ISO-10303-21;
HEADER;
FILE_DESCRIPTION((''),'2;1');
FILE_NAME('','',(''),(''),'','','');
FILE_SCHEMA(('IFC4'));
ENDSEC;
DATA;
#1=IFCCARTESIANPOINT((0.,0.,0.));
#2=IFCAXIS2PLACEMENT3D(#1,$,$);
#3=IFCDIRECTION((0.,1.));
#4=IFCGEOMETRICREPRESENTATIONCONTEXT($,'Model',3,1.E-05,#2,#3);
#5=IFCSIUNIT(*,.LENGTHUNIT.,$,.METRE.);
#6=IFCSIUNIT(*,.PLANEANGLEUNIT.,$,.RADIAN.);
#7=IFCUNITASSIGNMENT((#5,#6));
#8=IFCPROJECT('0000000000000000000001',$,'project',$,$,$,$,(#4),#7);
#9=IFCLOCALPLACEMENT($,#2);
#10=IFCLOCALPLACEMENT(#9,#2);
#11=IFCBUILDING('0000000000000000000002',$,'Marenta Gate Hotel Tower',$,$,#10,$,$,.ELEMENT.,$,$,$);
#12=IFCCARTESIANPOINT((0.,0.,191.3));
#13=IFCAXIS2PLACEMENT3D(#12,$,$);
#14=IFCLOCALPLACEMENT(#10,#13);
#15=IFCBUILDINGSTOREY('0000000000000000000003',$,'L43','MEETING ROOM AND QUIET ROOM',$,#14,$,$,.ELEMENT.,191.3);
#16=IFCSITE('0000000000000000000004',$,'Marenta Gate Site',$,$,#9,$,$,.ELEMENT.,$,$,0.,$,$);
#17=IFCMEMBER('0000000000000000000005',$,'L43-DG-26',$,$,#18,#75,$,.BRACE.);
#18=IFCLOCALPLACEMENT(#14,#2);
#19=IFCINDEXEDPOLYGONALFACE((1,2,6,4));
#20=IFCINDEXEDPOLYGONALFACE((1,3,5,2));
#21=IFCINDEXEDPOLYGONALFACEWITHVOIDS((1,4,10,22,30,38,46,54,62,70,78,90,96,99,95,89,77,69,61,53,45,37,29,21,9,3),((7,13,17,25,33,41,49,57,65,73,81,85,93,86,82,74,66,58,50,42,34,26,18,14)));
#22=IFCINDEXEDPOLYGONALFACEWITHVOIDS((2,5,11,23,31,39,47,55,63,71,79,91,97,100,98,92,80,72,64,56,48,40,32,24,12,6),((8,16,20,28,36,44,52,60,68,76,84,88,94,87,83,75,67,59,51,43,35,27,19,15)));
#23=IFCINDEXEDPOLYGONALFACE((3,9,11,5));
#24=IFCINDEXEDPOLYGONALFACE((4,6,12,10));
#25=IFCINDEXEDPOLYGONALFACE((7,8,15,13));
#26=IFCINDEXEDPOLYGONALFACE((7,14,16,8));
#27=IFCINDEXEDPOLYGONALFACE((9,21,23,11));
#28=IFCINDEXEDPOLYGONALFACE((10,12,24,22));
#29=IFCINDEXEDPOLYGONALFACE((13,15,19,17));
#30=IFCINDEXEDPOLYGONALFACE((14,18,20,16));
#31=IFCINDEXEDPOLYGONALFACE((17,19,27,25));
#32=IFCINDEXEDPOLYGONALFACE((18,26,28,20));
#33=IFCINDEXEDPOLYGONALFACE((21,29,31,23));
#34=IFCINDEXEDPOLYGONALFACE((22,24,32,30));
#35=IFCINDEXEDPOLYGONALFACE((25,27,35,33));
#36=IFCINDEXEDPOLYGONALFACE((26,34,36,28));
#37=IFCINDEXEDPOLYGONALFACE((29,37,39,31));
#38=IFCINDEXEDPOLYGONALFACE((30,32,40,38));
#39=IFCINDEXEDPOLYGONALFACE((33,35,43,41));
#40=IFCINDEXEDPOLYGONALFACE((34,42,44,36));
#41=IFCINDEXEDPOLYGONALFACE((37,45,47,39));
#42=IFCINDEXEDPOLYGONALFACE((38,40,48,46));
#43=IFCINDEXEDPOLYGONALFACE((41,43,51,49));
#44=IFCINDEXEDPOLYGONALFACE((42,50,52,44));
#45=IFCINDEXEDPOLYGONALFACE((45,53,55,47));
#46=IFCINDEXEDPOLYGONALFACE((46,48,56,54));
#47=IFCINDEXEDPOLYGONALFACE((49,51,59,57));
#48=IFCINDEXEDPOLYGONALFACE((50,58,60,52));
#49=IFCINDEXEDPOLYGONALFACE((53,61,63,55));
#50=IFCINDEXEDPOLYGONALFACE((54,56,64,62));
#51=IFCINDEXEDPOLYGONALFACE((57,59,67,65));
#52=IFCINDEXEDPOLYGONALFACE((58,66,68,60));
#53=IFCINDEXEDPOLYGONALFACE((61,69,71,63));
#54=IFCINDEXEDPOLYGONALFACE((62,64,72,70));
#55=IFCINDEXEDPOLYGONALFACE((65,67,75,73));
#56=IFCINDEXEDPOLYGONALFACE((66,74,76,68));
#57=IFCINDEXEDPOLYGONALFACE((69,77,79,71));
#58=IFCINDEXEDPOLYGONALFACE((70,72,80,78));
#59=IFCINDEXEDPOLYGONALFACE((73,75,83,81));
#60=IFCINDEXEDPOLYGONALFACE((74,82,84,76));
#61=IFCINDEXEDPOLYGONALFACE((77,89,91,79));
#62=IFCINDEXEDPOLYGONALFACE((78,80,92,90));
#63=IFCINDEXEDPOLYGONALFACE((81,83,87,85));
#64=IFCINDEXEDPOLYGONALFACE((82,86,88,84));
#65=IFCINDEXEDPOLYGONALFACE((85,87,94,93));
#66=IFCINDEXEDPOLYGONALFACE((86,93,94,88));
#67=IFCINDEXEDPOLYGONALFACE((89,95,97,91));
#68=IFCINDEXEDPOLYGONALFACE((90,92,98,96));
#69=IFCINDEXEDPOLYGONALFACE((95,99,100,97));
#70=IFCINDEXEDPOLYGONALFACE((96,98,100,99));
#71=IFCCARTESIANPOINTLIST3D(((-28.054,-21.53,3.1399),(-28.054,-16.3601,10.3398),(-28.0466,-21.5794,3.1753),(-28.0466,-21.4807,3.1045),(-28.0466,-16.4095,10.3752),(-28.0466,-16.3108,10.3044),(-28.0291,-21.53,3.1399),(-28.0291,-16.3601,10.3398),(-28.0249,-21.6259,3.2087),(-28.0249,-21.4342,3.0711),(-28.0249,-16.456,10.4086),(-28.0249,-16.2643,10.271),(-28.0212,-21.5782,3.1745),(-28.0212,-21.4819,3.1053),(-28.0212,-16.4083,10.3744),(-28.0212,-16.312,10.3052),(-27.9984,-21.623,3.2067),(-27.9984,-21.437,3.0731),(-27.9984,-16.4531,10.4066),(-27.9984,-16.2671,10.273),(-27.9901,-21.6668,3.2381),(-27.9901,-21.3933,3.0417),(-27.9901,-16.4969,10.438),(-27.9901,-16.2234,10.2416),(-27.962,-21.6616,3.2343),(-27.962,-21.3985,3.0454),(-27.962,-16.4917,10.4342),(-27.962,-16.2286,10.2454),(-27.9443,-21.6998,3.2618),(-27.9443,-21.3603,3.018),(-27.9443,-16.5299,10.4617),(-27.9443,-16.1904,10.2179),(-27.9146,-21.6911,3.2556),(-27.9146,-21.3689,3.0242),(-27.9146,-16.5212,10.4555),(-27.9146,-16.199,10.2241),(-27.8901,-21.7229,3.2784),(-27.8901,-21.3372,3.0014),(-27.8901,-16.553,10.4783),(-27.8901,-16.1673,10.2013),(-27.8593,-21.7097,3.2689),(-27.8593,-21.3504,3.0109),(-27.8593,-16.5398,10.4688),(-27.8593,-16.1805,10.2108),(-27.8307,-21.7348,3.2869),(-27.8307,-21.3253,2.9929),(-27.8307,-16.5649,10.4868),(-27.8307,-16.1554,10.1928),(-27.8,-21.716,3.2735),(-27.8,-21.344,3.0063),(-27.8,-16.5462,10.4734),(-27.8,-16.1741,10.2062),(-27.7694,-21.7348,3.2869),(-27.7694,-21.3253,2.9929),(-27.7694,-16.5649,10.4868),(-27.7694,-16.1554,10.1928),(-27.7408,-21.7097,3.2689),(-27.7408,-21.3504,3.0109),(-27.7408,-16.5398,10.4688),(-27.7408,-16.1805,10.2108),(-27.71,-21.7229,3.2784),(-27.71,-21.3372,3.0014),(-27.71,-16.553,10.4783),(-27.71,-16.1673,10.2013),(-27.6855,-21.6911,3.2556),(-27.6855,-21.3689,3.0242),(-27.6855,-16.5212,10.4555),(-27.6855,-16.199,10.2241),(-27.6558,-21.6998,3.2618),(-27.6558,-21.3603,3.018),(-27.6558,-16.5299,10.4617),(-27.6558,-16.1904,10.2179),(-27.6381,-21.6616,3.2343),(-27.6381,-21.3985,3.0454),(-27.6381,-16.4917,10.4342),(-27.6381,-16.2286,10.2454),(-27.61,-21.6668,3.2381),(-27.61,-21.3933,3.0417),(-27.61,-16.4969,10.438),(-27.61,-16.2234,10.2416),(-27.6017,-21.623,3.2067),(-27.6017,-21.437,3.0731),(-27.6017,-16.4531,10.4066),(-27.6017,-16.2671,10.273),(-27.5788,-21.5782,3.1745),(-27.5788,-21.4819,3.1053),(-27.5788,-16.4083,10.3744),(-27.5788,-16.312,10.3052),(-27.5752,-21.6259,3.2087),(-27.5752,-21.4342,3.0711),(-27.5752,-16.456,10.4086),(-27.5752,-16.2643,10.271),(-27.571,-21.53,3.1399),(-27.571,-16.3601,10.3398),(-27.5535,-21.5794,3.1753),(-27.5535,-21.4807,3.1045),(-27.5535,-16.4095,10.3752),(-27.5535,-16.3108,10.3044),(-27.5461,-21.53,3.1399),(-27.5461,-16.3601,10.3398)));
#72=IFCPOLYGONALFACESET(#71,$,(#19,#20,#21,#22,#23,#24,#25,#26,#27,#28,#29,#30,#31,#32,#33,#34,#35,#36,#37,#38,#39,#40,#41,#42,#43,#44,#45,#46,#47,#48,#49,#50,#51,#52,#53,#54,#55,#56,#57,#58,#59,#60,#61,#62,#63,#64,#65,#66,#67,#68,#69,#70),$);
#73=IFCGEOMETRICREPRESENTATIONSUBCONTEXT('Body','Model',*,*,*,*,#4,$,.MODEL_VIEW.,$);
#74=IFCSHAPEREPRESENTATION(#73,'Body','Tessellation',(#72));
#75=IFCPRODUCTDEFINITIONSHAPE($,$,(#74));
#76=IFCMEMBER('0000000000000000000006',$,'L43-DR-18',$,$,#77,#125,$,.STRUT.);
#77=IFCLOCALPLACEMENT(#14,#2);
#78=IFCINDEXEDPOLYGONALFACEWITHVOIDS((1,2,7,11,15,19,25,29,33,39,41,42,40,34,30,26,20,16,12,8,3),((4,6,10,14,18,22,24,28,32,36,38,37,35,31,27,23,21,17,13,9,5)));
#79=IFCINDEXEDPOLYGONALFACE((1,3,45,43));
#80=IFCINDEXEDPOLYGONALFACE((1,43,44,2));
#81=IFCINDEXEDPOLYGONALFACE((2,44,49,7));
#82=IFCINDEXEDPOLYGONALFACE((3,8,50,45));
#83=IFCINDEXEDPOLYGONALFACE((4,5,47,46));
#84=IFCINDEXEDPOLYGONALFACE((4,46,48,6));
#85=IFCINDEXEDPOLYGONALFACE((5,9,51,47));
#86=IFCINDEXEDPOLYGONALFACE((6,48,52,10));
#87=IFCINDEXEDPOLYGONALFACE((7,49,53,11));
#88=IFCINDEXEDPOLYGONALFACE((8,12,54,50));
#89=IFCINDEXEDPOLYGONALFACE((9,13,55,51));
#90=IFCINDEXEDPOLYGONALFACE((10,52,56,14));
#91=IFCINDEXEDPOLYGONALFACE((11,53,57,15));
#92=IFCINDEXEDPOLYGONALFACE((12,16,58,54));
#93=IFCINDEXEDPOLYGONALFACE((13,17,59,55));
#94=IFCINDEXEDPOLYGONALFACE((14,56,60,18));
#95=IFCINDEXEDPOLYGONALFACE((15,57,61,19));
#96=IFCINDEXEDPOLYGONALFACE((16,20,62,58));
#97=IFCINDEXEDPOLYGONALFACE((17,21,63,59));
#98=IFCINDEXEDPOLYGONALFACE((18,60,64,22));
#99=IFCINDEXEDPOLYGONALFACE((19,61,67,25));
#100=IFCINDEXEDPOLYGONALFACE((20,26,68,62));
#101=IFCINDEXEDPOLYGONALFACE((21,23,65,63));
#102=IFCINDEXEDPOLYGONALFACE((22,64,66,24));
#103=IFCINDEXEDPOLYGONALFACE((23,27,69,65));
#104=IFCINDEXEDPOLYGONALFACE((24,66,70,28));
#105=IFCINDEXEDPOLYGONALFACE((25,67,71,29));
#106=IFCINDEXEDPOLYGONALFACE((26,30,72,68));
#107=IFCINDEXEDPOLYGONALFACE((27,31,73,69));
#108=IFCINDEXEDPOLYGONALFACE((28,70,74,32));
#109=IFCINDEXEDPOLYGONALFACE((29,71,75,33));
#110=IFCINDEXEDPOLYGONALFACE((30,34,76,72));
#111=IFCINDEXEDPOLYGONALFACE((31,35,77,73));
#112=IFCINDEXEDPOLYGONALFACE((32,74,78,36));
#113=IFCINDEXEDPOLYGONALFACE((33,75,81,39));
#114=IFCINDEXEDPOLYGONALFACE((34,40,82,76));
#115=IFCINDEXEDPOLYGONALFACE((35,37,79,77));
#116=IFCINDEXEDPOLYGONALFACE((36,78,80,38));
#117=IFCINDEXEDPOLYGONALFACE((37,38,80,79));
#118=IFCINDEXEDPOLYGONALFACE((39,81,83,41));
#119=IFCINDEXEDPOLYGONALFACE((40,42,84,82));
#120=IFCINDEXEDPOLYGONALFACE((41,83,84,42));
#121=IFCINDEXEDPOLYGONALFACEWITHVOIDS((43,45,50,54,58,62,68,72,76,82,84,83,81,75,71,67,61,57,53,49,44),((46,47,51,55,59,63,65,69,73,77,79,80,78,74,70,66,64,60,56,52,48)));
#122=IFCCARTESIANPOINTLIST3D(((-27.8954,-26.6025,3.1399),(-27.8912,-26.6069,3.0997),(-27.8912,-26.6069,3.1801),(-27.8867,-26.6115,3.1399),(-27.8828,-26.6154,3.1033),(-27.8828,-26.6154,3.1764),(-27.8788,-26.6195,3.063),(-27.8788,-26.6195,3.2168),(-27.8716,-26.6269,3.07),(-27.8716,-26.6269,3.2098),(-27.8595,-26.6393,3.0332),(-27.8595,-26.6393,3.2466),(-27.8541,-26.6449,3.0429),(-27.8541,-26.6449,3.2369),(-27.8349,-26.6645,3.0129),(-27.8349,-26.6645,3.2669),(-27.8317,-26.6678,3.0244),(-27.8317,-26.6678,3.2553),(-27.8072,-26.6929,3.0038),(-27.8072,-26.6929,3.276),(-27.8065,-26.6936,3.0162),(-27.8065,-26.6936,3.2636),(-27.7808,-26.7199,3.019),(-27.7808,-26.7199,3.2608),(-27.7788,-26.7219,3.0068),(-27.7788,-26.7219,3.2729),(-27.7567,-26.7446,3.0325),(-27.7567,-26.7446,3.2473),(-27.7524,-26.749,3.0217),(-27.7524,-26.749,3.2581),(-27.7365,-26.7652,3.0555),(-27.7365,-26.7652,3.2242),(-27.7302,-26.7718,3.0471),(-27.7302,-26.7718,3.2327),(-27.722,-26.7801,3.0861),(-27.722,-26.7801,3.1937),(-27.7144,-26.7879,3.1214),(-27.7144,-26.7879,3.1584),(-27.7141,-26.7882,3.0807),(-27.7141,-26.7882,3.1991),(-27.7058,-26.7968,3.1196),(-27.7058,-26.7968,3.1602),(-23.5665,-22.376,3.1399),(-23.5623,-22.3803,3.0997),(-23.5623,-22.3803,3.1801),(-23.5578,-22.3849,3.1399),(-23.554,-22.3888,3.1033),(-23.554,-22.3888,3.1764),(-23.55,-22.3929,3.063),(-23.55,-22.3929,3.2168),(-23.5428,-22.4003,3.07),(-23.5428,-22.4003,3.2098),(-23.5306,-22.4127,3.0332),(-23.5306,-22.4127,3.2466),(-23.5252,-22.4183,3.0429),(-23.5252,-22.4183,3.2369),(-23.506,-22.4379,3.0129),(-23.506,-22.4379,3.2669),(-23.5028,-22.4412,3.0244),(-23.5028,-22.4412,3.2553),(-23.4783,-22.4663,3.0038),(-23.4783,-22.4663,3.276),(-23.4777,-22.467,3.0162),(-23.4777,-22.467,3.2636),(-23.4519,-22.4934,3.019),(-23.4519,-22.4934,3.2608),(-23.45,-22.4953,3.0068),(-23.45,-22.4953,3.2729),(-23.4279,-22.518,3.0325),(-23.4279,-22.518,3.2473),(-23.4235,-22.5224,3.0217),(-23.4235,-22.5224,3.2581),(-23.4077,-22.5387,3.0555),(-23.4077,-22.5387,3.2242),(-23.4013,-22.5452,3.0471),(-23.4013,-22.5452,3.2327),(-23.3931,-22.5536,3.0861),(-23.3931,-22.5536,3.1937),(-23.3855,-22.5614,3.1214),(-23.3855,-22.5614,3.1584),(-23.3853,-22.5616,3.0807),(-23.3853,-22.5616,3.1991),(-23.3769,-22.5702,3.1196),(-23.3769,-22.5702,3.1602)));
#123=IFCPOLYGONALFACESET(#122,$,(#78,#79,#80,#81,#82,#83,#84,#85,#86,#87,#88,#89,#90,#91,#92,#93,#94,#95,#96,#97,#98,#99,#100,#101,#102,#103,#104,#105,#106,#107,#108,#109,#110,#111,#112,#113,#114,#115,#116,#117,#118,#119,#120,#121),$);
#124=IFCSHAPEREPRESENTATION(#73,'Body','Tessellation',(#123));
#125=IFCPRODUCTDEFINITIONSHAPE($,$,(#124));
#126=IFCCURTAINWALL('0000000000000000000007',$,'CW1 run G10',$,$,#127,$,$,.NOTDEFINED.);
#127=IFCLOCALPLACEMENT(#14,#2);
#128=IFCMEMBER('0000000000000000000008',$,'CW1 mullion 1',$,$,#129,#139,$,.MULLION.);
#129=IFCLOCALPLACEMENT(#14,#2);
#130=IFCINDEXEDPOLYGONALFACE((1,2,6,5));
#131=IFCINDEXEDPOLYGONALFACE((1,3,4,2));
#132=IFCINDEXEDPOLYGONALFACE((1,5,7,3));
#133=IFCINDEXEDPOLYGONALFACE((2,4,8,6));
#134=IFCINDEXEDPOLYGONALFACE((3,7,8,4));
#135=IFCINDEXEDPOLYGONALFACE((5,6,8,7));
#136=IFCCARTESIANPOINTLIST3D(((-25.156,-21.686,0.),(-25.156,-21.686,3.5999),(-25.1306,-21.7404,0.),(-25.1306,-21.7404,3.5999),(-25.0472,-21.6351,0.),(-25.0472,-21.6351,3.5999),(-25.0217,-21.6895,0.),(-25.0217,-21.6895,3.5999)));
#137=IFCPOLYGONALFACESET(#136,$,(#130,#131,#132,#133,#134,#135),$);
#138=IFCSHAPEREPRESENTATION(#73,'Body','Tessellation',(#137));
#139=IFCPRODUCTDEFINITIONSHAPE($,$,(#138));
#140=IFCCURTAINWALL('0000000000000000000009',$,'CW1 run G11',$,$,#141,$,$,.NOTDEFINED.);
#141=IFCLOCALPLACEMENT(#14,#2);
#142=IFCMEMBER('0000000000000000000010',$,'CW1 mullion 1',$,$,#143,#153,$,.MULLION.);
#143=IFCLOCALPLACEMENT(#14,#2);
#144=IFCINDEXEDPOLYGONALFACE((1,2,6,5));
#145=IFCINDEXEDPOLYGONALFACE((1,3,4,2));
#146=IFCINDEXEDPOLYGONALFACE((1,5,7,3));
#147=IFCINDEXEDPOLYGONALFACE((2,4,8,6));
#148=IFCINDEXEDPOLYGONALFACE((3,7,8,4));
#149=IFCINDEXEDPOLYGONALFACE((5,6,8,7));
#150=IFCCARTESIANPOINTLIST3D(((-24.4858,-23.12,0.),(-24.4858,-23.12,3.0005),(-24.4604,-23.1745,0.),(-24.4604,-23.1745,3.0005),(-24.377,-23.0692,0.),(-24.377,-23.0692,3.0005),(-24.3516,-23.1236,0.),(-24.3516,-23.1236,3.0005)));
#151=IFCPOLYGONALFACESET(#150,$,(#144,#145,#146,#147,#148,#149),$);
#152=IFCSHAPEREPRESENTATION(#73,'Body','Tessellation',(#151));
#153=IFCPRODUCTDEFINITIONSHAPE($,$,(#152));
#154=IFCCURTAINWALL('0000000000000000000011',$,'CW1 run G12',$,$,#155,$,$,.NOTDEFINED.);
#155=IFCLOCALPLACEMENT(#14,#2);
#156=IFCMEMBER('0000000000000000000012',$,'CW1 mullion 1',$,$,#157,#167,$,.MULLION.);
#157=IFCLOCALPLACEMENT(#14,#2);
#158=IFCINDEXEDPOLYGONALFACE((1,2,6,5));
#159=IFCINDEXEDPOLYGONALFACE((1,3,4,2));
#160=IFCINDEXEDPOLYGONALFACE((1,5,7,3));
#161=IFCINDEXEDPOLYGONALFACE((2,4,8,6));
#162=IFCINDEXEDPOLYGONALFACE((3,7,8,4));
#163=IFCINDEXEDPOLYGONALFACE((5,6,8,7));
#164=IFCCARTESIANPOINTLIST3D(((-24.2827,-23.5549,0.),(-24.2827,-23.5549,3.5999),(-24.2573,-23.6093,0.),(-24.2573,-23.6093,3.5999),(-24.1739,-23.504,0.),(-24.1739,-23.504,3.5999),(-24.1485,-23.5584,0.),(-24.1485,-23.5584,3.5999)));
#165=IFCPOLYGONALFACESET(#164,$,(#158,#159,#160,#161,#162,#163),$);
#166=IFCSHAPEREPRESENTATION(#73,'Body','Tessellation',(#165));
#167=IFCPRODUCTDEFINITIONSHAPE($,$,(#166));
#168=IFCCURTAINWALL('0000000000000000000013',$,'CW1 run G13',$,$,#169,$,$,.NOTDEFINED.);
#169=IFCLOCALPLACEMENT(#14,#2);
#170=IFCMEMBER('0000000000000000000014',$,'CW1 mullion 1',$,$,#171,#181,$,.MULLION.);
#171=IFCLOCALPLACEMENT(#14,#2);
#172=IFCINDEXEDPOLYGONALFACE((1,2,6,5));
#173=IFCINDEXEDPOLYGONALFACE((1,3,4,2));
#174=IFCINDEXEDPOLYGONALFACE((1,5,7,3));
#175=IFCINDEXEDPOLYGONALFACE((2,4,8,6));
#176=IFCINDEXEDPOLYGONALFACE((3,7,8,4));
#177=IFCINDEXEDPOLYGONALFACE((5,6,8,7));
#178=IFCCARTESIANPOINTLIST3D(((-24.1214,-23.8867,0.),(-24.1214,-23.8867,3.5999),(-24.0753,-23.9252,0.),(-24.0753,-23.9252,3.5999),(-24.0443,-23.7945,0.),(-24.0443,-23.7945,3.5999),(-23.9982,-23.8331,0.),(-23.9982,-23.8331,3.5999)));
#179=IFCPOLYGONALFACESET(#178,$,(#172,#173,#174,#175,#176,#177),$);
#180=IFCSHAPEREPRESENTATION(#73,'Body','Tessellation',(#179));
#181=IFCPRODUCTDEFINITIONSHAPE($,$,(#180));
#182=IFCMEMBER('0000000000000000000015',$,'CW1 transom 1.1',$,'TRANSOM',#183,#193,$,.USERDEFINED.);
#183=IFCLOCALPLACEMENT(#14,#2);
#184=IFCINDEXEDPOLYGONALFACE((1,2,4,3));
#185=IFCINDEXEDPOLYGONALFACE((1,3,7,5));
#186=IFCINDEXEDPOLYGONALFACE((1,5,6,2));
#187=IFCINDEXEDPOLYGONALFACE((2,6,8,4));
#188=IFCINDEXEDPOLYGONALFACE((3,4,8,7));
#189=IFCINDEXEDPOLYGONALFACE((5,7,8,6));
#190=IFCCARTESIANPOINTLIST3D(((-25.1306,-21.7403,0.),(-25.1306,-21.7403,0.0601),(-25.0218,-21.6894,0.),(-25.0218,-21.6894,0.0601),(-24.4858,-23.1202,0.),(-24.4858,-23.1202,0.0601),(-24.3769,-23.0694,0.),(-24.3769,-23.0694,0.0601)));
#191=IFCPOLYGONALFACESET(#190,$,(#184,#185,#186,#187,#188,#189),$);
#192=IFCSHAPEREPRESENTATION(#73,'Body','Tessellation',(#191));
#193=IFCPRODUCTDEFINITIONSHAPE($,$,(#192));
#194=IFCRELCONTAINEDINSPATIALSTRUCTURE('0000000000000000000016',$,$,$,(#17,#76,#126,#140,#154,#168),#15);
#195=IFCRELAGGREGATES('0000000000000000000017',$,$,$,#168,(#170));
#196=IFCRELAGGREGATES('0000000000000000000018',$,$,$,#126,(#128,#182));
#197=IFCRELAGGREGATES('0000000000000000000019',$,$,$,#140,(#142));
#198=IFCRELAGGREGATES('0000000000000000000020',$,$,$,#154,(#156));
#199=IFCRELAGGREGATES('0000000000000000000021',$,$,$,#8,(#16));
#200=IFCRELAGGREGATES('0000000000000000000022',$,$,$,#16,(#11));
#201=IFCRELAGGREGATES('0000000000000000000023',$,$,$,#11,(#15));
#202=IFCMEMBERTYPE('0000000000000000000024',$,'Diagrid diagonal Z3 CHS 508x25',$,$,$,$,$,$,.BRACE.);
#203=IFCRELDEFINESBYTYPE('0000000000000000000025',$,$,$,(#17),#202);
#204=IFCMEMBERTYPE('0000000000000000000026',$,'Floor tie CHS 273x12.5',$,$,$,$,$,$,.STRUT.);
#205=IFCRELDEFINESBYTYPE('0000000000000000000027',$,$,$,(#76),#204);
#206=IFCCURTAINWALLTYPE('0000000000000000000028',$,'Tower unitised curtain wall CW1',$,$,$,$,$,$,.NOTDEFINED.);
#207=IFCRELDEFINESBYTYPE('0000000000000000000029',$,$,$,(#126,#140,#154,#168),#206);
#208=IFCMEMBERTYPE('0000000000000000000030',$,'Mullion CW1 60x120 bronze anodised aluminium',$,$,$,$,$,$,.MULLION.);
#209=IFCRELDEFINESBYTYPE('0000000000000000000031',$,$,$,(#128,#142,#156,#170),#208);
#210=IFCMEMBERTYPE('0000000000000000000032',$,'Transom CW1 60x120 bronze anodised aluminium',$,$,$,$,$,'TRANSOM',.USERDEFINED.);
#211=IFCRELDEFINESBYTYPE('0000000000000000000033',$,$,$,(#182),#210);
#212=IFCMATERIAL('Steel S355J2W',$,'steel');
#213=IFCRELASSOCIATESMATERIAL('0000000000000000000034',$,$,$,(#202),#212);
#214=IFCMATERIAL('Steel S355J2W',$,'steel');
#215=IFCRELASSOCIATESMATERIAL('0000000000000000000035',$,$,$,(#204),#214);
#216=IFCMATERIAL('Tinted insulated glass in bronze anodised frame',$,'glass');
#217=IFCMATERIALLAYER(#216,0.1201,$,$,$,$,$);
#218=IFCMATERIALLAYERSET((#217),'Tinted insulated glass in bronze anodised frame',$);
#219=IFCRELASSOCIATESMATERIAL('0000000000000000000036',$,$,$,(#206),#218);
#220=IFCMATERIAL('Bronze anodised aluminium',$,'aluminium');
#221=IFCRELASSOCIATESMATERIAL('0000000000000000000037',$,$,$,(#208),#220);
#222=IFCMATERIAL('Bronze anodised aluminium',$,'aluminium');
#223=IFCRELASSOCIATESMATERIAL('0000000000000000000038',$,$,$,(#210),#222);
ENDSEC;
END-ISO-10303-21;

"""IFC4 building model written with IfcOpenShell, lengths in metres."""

from ifc_helpers import new_model, si_unit, direction, frame, origin, origin_2d, place, context, subcontext, project, spatial, rectangle, hollow_circle, extrude, material, layer, layer_set, material_profile, profile_set, type_object, element, aggregate, save


model = new_model("IFC4")

# Units and contexts
model_context = context("Model", 3, precision=1e-05, world=origin(), true_north=direction((0.0, 1.0)))
body_context = subcontext(model_context, "Body", "Model", "MODEL_VIEW")
ifc_project = project(units=[si_unit("LENGTHUNIT", "METRE"), si_unit("PLANEANGLEUNIT", "RADIAN")], contexts=[model_context])

# Site, building, storey
site_placement = place(None, origin())
site = spatial("IfcSite", under=ifc_project, at=site_placement, Name="Marenta Gate Site", CompositionType="ELEMENT", RefElevation=0.0)
building_placement = place(site_placement, origin())
building = spatial("IfcBuilding", under=site, at=building_placement, Name="Marenta Gate Hotel Tower", CompositionType="ELEMENT")
storey_placement = place(building_placement, frame((0.0, 0.0, 191.3)))
storey = spatial("IfcBuildingStorey", under=building, at=storey_placement, Name="L43", Description="MEETING ROOM AND QUIET ROOM", CompositionType="ELEMENT", Elevation=191.3)

# Members
ifc_material_1 = material(Name="Steel S355J2W", Category="steel")
ifc_material_profile_1 = material_profile(ifc_material_1, hollow_circle(Radius=0.2539, WallThickness=0.0249, at=origin_2d()), Name="CHS 508x25")
ifc_profile_set_1 = profile_set([ifc_material_profile_1], Name="Steel S355J2W")
member_type_1 = type_object("IfcMemberType", Name="Diagrid diagonal Z3 CHS 508x25", PredefinedType="BRACE", material=ifc_profile_set_1)
member_1_placement = place(storey_placement, frame((-27.8, -21.53, 3.1399), z_axis=(0.0, 0.583261, 0.812285), x_axis=(-1.0, 0.0, 0.0)))
element("IfcMember", 1, at=member_1_placement, inside=storey, type_object=member_type_1, Name="L43-DG-26", PredefinedType="BRACE", context=body_context, shape_type="SweptSolid", body=[
    extrude(hollow_circle(Radius=0.2539, WallThickness=0.0249, at=origin_2d()), origin(), (0.0, 0.0, 1.0), 8.8638),
])
ifc_material_2 = material(Name="Steel S355J2W", Category="steel")
ifc_material_profile_2 = material_profile(ifc_material_2, hollow_circle(Radius=0.1365, WallThickness=0.0125, at=origin_2d()), Name="CHS 273x12.5")
ifc_profile_set_2 = profile_set([ifc_material_profile_2], Name="Steel S355J2W")
member_type_2 = type_object("IfcMemberType", Name="Floor tie CHS 273x12.5", PredefinedType="STRUT", material=ifc_profile_set_2)
member_2_placement = place(storey_placement, frame((-27.8, -26.7002, 3.1399), z_axis=(0.71551, 0.698602, 0.0), x_axis=(-0.698602, 0.71551, 0.0)))
element("IfcMember", 2, at=member_2_placement, inside=storey, type_object=member_type_2, Name="L43-DR-18", PredefinedType="STRUT", context=body_context, shape_type="SweptSolid", body=[
    extrude(hollow_circle(Radius=0.1365, WallThickness=0.0125, at=origin_2d()), origin(), (0.0, 0.0, 1.0), 6.05),
])

# Curtain walls, members
ifc_material_3 = material(Name="Tinted insulated glass in bronze anodised frame", Category="glass")
ifc_layer_1 = layer(ifc_material_3, 0.1201)
ifc_layer_set_1 = layer_set([ifc_layer_1], Name="Tinted insulated glass in bronze anodised frame")
curtain_wall_type = type_object("IfcCurtainWallType", Name="Tower unitised curtain wall CW1", PredefinedType="NOTDEFINED", material=ifc_layer_set_1)
curtain_wall_1_placement = place(storey_placement, origin())
curtain_wall_1 = element("IfcCurtainWall", 3, at=curtain_wall_1_placement, inside=storey, type_object=curtain_wall_type, Name="CW1 run G10", PredefinedType="NOTDEFINED")
ifc_material_4 = material(Name="Bronze anodised aluminium", Category="aluminium")
ifc_material_profile_3 = material_profile(ifc_material_4, rectangle(XDim=0.1201, YDim=0.0601, at=origin_2d()), Name="Mullion CW1 60x120 bronze anodised aluminium")
ifc_profile_set_3 = profile_set([ifc_material_profile_3], Name="Bronze anodised aluminium")
member_type_3 = type_object("IfcMemberType", Name="Mullion CW1 60x120 bronze anodised aluminium", PredefinedType="MULLION", material=ifc_profile_set_3)
member_3_placement = place(storey_placement, frame((-25.0889, -21.6877, 0.0), z_axis=(0.0, 0.0, 1.0), x_axis=(0.905976, 0.423328, 0.0)))
member_3 = element("IfcMember", 4, at=member_3_placement, type_object=member_type_3, Name="CW1 mullion 1", PredefinedType="MULLION", context=body_context, shape_type="SweptSolid", body=[
    extrude(rectangle(XDim=0.1201, YDim=0.0601, at=origin_2d()), origin(), (0.0, 0.0, 1.0), 3.5999),
])
curtain_wall_2_placement = place(storey_placement, origin())
curtain_wall_2 = element("IfcCurtainWall", 5, at=curtain_wall_2_placement, inside=storey, type_object=curtain_wall_type, Name="CW1 run G11", PredefinedType="NOTDEFINED")
member_4_placement = place(storey_placement, frame((-24.4187, -23.1218, 0.0), z_axis=(0.0, 0.0, 1.0), x_axis=(0.905949, 0.423387, 0.0)))
member_4 = element("IfcMember", 6, at=member_4_placement, type_object=member_type_3, Name="CW1 mullion 1", PredefinedType="MULLION", context=body_context, shape_type="SweptSolid", body=[
    extrude(rectangle(XDim=0.1201, YDim=0.0601, at=origin_2d()), origin(), (0.0, 0.0, 1.0), 3.0005),
])
curtain_wall_3_placement = place(storey_placement, origin())
curtain_wall_3 = element("IfcCurtainWall", 7, at=curtain_wall_3_placement, inside=storey, type_object=curtain_wall_type, Name="CW1 run G12", PredefinedType="NOTDEFINED")
member_5_placement = place(storey_placement, frame((-24.2156, -23.5566, 0.0), z_axis=(0.0, 0.0, 1.0), x_axis=(0.90599, 0.4233, 0.0)))
member_5 = element("IfcMember", 8, at=member_5_placement, type_object=member_type_3, Name="CW1 mullion 1", PredefinedType="MULLION", context=body_context, shape_type="SweptSolid", body=[
    extrude(rectangle(XDim=0.1201, YDim=0.0601, at=origin_2d()), origin(), (0.0, 0.0, 1.0), 3.5999),
])
curtain_wall_4_placement = place(storey_placement, origin())
curtain_wall_4 = element("IfcCurtainWall", 9, at=curtain_wall_4_placement, inside=storey, type_object=curtain_wall_type, Name="CW1 run G13", PredefinedType="NOTDEFINED")
member_6_placement = place(storey_placement, frame((-24.0598, -23.8599, 0.0), z_axis=(0.0, 0.0, 1.0), x_axis=(0.641525, 0.767102, 0.0)))
member_6 = element("IfcMember", 10, at=member_6_placement, type_object=member_type_3, Name="CW1 mullion 1", PredefinedType="MULLION", context=body_context, shape_type="SweptSolid", body=[
    extrude(rectangle(XDim=0.1201, YDim=0.0601, at=origin_2d()), origin(), (0.0, 0.0, 1.0), 3.5999),
])

# Member
ifc_material_5 = material(Name="Bronze anodised aluminium", Category="aluminium")
ifc_material_profile_4 = material_profile(ifc_material_5, rectangle(XDim=0.1201, YDim=0.0601, at=origin_2d()), Name="Transom CW1 60x120 bronze anodised aluminium")
ifc_profile_set_4 = profile_set([ifc_material_profile_4], Name="Bronze anodised aluminium")
member_type_4 = type_object("IfcMemberType", Name="Transom CW1 60x120 bronze anodised aluminium", ElementType="TRANSOM", PredefinedType="USERDEFINED", material=ifc_profile_set_4)
member_7_placement = place(storey_placement, frame((-25.0762, -21.7148, 0.03), z_axis=(0.423333, -0.905974, 0.0), x_axis=(0.905974, 0.423333, 0.0)))
member_7 = element("IfcMember", 11, at=member_7_placement, type_object=member_type_4, Name="CW1 transom 1.1", ObjectType="TRANSOM", PredefinedType="USERDEFINED", context=body_context, shape_type="SweptSolid", body=[
    extrude(rectangle(XDim=0.1201, YDim=0.0601, at=origin_2d()), origin(), (0.0, 0.0, 1.0), 1.5232),
])
aggregate(curtain_wall_4, [member_6])

aggregate(curtain_wall_1, [member_3, member_7])
aggregate(curtain_wall_2, [member_4])
aggregate(curtain_wall_3, [member_5])

save(model, "model.ifc")
